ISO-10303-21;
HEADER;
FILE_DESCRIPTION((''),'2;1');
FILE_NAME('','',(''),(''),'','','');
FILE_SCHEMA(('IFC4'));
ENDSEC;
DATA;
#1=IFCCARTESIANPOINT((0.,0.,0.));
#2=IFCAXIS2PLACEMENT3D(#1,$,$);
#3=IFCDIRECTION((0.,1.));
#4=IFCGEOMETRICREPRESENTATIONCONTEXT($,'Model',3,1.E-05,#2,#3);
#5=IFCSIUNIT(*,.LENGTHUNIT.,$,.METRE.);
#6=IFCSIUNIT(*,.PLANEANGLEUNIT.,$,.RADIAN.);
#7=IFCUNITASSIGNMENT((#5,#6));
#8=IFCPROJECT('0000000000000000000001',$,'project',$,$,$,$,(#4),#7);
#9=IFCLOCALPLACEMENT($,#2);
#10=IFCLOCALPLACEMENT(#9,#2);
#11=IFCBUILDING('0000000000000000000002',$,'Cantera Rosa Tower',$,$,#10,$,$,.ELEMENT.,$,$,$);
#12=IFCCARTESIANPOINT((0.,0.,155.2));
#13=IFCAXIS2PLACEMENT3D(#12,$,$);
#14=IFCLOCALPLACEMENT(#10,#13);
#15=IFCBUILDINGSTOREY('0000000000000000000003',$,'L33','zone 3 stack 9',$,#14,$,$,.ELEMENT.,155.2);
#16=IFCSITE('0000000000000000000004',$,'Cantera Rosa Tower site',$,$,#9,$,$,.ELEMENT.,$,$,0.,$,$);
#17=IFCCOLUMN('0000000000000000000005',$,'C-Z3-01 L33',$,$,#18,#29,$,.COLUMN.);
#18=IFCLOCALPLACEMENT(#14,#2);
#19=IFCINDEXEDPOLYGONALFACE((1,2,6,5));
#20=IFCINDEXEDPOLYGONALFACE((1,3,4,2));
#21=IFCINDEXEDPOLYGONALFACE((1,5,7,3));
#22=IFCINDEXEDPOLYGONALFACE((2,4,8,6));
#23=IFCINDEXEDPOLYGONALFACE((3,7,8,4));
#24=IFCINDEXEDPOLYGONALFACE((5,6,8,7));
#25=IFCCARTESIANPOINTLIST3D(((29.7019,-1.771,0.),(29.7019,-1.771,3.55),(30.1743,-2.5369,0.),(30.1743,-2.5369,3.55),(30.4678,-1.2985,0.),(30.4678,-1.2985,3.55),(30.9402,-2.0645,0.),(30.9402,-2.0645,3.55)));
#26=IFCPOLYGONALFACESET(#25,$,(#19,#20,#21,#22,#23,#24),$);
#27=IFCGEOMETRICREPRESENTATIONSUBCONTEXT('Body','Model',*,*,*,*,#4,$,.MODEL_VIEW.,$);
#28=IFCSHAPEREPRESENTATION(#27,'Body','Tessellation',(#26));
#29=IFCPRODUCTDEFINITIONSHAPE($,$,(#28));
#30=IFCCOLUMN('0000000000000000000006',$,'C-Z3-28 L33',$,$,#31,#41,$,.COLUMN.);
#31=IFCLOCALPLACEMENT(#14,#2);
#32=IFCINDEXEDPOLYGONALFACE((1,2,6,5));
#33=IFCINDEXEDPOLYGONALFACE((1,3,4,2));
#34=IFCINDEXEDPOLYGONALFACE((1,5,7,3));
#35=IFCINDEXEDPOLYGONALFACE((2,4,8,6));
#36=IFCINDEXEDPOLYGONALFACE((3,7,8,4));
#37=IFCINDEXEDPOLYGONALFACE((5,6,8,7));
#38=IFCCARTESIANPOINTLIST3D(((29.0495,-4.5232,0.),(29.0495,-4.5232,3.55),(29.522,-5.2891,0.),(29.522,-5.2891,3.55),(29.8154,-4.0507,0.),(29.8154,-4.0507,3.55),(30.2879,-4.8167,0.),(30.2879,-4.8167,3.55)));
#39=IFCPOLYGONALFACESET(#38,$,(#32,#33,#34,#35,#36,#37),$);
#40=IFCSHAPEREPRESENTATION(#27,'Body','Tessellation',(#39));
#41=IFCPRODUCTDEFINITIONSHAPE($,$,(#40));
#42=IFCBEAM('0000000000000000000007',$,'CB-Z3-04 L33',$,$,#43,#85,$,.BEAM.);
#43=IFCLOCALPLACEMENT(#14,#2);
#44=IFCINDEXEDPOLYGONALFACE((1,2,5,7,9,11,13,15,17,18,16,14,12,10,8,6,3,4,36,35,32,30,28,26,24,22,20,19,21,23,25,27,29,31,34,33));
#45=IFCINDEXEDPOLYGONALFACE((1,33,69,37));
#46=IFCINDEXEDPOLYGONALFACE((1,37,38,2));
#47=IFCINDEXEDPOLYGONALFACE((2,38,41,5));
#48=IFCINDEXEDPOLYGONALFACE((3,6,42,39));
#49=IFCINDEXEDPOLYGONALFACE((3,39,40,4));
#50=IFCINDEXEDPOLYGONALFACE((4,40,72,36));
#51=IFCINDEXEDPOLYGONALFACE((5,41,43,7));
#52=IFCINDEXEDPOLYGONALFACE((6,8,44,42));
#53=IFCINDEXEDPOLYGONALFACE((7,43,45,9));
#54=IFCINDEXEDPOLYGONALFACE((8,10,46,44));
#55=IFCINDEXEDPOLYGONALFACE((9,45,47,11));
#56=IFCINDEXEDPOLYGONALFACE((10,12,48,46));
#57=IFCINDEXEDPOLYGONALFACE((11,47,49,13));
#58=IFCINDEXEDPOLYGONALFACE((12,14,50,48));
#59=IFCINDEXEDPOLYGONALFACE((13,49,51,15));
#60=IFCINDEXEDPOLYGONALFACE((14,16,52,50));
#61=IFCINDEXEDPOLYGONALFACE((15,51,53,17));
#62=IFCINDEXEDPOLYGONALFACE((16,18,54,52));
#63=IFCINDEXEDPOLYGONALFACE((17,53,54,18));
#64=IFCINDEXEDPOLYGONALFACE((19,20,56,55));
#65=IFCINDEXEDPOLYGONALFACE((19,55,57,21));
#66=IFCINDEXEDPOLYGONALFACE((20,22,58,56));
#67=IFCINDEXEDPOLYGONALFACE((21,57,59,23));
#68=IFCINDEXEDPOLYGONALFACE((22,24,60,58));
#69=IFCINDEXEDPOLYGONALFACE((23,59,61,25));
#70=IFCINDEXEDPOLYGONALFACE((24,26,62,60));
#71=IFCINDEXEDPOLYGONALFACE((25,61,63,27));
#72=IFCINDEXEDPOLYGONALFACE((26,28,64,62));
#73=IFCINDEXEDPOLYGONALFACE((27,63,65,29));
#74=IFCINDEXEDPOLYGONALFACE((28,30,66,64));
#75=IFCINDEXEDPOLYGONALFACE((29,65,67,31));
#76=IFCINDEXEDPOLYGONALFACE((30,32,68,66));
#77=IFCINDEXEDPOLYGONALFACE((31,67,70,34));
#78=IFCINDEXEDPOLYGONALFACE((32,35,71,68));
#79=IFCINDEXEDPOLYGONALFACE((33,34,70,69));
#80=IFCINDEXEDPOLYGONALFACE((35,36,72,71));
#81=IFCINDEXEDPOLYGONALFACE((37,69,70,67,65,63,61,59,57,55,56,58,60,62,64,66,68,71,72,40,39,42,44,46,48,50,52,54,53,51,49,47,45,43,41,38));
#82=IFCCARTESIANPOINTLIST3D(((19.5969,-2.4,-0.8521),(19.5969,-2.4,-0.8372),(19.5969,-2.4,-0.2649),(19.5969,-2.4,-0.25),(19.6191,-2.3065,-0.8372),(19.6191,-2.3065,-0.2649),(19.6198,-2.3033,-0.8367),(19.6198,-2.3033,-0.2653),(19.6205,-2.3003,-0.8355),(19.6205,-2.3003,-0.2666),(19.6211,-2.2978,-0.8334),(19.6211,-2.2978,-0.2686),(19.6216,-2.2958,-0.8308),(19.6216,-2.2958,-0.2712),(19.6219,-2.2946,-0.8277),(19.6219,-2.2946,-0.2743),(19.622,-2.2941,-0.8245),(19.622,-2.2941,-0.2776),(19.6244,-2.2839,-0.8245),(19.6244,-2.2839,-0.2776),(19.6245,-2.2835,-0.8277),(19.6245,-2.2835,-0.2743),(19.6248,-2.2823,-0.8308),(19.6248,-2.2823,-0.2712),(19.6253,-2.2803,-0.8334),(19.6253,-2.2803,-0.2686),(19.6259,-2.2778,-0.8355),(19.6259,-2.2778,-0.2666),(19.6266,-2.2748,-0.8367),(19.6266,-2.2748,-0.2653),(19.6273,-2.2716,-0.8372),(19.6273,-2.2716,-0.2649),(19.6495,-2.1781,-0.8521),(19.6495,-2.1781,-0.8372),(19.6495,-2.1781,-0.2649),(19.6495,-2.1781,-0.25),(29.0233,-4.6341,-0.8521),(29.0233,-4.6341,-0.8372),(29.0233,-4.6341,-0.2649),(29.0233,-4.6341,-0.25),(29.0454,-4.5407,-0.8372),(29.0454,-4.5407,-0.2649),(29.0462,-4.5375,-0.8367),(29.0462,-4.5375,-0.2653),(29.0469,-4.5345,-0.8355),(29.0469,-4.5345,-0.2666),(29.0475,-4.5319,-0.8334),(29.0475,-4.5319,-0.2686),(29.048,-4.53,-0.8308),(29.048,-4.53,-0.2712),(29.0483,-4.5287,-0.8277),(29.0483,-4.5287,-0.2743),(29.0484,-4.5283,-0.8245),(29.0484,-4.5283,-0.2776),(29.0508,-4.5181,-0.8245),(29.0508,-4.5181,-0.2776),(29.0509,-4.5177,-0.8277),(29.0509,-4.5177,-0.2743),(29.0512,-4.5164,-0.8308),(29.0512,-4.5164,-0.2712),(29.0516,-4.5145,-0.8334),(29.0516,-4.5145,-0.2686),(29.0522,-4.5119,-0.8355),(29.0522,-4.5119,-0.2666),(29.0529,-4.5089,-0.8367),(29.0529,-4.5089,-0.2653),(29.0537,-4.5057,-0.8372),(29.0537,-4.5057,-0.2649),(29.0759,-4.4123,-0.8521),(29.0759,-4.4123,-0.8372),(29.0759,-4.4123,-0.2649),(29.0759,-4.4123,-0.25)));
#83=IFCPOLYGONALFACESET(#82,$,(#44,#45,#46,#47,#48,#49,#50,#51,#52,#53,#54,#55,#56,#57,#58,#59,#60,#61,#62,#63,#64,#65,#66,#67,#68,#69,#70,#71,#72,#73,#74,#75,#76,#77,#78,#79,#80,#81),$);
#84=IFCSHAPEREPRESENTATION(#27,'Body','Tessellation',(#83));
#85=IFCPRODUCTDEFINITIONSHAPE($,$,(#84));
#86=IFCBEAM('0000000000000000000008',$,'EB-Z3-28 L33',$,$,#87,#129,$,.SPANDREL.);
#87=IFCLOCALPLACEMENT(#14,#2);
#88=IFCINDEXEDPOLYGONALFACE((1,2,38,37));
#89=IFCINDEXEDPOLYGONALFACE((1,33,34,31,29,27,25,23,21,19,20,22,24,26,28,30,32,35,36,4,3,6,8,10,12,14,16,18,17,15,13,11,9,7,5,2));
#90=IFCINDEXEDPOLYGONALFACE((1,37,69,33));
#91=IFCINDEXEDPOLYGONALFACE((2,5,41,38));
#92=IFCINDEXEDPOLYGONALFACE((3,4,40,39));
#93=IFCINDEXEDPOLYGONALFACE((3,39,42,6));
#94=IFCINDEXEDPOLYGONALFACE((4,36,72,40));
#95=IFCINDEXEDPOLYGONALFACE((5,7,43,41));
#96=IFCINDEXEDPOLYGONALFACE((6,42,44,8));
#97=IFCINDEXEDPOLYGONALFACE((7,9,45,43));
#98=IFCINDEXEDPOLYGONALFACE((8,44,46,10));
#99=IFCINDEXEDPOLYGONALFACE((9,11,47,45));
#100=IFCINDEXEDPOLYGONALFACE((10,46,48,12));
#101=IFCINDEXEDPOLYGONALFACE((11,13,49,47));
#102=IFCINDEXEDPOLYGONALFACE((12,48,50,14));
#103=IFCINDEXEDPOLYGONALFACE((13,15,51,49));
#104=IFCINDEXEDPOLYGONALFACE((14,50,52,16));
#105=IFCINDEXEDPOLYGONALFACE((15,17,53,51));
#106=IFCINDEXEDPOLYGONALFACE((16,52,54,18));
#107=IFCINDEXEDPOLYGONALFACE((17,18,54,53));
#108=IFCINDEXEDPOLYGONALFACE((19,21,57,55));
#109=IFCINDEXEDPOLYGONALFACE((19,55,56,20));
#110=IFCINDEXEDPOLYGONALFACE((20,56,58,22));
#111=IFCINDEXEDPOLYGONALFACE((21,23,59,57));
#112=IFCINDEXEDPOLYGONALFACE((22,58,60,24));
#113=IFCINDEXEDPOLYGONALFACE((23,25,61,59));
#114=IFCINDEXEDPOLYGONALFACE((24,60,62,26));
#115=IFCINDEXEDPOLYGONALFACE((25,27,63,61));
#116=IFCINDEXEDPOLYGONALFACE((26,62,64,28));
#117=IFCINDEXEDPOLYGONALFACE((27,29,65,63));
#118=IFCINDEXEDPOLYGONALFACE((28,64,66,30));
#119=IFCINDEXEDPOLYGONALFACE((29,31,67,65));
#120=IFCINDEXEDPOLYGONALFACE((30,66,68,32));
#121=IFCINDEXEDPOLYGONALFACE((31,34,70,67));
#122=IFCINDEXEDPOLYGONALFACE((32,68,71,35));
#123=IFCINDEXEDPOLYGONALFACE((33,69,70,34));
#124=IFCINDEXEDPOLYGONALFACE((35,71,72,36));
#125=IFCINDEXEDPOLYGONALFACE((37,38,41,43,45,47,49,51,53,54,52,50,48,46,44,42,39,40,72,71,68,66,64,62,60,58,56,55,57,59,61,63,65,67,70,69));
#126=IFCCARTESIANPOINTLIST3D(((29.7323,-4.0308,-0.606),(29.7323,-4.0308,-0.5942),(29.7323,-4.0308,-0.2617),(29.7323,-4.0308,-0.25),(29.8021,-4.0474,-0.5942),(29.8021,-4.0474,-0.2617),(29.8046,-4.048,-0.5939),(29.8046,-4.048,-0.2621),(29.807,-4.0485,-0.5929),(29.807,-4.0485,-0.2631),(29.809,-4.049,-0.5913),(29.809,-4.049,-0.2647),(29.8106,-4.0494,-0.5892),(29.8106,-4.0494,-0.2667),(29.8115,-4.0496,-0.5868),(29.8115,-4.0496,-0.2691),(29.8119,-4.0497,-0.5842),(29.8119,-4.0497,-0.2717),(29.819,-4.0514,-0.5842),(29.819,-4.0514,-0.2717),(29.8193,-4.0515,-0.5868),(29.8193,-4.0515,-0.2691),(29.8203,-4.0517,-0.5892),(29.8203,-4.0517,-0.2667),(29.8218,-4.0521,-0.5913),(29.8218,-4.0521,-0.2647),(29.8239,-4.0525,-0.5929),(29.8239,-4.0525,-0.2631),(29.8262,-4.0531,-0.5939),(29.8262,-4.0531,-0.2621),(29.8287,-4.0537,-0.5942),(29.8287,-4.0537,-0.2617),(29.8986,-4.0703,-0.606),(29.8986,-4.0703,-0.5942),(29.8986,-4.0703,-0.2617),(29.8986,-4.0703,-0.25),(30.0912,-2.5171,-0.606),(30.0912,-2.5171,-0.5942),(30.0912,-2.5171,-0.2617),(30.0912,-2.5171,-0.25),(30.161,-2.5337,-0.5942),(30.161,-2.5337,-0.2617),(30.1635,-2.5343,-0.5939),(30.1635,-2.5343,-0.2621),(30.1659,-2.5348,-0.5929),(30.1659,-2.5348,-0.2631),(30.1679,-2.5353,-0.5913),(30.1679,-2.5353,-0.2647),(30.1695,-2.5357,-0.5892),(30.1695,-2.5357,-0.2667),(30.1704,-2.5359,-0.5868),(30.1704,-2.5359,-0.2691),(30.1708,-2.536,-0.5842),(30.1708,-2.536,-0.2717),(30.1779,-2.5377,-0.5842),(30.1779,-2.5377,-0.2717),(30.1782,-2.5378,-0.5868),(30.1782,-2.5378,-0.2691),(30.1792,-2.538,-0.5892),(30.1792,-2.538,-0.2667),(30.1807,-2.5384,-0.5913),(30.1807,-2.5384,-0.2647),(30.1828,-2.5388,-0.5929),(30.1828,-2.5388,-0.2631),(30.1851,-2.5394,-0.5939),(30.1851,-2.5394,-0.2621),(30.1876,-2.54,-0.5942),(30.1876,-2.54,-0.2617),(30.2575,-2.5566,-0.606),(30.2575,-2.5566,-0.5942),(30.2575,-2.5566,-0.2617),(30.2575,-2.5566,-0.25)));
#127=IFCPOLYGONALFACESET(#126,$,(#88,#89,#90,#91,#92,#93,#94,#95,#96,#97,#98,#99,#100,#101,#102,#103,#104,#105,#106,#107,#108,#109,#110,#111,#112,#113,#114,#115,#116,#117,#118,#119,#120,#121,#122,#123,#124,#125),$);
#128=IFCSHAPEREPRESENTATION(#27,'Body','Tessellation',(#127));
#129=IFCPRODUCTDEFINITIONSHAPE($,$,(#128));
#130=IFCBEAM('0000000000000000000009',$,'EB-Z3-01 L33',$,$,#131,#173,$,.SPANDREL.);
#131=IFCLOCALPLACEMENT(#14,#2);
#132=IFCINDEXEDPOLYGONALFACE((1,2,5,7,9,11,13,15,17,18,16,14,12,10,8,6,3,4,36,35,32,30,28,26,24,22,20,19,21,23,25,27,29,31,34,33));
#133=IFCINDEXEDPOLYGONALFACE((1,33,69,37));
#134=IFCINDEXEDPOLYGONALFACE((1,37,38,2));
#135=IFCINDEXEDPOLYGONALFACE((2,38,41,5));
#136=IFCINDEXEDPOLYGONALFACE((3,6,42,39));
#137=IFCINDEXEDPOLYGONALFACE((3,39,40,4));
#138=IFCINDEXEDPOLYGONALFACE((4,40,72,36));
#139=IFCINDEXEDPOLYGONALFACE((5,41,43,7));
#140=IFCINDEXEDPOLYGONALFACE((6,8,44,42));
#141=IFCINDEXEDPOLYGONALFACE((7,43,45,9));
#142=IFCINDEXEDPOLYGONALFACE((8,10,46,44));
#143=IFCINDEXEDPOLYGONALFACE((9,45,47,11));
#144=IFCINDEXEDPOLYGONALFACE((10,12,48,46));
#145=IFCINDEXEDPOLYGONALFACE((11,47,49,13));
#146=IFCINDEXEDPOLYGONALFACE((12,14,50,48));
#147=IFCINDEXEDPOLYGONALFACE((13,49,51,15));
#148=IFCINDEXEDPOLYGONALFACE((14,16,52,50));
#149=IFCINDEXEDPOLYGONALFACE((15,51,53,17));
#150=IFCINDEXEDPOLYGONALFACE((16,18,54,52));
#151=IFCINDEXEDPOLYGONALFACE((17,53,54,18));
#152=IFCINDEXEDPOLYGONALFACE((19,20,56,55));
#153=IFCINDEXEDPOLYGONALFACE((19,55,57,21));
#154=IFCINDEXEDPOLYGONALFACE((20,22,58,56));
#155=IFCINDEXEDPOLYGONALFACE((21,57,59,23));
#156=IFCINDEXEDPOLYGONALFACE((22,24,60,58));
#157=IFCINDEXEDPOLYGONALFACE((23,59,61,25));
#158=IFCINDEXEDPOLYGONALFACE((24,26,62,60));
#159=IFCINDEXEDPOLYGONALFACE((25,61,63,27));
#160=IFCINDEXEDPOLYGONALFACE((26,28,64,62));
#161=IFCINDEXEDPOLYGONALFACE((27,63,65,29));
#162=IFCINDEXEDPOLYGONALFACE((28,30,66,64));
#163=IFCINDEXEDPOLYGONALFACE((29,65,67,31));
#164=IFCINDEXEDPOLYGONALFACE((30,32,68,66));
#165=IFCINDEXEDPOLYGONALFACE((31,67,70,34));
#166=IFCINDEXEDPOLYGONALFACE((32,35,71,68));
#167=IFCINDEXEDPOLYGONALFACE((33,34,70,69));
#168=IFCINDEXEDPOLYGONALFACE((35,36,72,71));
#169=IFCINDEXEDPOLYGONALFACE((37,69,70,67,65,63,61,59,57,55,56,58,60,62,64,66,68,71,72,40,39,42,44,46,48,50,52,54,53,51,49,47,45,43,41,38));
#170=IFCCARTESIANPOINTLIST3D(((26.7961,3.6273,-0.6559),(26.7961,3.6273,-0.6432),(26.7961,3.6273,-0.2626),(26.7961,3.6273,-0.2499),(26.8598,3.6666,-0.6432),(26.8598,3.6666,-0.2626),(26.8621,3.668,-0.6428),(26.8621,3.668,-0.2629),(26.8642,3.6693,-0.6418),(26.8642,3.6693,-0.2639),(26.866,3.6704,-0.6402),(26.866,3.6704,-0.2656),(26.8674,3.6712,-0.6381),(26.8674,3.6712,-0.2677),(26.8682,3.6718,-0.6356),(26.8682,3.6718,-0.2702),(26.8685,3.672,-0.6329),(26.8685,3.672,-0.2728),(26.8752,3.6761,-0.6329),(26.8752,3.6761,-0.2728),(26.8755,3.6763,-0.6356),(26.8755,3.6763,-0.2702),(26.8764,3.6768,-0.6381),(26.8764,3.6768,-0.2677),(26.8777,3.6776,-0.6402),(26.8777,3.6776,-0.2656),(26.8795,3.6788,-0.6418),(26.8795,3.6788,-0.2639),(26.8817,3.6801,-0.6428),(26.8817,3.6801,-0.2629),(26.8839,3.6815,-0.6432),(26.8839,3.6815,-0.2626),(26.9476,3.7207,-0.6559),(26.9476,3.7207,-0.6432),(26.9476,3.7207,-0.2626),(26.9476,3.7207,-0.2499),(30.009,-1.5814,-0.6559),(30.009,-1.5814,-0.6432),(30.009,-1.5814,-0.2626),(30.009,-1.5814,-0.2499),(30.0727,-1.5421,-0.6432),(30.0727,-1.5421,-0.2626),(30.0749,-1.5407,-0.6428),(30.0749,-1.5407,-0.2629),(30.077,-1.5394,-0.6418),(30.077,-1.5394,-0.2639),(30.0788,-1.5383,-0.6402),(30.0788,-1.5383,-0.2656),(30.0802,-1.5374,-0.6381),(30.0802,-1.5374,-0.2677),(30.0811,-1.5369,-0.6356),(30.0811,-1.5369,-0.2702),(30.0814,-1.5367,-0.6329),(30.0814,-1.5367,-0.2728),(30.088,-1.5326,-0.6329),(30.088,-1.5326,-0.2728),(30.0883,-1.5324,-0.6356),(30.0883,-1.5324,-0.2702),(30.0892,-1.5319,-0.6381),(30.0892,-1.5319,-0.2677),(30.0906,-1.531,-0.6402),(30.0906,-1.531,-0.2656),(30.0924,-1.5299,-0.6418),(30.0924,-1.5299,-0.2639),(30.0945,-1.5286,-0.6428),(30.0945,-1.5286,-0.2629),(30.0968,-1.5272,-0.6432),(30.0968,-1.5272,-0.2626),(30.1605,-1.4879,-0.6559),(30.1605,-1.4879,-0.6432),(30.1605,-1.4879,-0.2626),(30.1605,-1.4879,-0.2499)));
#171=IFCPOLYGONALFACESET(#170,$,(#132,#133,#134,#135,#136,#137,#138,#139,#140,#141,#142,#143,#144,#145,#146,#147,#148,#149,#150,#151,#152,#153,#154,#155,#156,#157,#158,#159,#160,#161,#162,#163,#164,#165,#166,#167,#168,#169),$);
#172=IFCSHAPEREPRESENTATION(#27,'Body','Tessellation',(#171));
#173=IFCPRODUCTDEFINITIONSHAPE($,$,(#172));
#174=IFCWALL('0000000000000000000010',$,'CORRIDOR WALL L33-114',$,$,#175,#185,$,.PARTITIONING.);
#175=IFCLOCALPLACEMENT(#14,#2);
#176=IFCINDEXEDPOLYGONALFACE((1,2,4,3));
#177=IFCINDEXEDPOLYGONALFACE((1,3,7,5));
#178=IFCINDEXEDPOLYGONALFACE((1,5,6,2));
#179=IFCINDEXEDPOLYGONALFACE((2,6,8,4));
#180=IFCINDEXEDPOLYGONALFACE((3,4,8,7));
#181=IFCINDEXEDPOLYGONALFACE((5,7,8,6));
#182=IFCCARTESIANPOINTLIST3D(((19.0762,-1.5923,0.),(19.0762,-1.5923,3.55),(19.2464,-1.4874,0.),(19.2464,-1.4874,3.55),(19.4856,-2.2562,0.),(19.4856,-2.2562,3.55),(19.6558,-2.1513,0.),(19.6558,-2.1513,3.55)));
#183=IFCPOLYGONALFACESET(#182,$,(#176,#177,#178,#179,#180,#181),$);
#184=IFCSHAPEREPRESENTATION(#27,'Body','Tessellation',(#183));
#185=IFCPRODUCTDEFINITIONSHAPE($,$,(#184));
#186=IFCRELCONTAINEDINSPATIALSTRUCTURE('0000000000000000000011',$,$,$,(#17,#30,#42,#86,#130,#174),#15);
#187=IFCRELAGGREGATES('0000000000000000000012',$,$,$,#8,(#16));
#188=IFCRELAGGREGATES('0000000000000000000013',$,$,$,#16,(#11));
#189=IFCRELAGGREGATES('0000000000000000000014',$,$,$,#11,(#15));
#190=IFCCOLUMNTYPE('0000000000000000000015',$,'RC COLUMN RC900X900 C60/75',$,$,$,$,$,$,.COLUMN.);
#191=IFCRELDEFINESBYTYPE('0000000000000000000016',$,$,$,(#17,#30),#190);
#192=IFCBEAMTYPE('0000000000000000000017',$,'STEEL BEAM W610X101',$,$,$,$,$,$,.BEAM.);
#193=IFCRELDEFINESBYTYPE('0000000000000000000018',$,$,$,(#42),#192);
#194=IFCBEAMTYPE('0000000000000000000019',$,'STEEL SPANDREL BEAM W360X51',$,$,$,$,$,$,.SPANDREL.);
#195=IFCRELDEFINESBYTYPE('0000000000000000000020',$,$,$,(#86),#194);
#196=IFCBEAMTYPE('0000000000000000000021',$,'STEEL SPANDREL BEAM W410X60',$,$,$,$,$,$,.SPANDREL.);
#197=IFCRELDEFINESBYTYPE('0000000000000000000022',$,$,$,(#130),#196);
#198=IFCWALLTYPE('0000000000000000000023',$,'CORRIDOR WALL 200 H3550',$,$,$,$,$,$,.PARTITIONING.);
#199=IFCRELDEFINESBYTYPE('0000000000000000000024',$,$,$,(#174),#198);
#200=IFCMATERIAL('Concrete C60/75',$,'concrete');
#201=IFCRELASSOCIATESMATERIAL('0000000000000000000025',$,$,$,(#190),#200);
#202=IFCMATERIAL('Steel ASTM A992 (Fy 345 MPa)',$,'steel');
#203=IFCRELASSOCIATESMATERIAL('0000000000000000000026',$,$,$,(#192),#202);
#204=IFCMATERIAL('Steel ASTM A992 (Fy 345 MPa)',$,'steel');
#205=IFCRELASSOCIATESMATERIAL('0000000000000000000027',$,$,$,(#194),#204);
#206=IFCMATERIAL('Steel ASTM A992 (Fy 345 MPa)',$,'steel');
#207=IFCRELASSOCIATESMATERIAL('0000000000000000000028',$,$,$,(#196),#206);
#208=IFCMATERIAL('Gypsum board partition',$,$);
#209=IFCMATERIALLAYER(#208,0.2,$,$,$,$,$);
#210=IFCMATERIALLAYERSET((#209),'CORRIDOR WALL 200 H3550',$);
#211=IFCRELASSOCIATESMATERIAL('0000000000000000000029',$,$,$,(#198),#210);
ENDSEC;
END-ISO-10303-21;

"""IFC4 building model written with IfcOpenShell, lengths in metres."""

from ifc_helpers import new_model, si_unit, direction, frame, frame_2d, origin, origin_2d, place, context, subcontext, project, spatial, rectangle, i_section, extrude, material, layer, layer_set, material_profile, profile_set, type_object, element, save


model = new_model("IFC4")

# Units and contexts
model_context = context("Model", 3, precision=1e-05, world=origin(), true_north=direction((0.0, 1.0)))
body_context = subcontext(model_context, "Body", "Model", "MODEL_VIEW")
ifc_project = project(units=[si_unit("LENGTHUNIT", "METRE"), si_unit("PLANEANGLEUNIT", "RADIAN")], contexts=[model_context])

# Site, building, storey
site_placement = place(None, origin())
site = spatial("IfcSite", under=ifc_project, at=site_placement, Name="Cantera Rosa Tower site", CompositionType="ELEMENT", RefElevation=0.0)
building_placement = place(site_placement, origin())
building = spatial("IfcBuilding", under=site, at=building_placement, Name="Cantera Rosa Tower", CompositionType="ELEMENT")
storey_placement = place(building_placement, frame((0.0, 0.0, 155.2)))
storey = spatial("IfcBuildingStorey", under=building, at=storey_placement, Name="L33", Description="zone 3 stack 9", CompositionType="ELEMENT", Elevation=155.2)

# Columns
ifc_material_1 = material(Name="Concrete C60/75", Category="concrete")
ifc_material_profile_1 = material_profile(ifc_material_1, rectangle(XDim=0.8999, YDim=0.8999, at=origin_2d()), Name="RC COLUMN RC900X900 C60/75")
ifc_profile_set_1 = profile_set([ifc_material_profile_1], Name="Concrete C60/75")
column_type = type_object("IfcColumnType", Name="RC COLUMN RC900X900 C60/75", PredefinedType="COLUMN", material=ifc_profile_set_1)
for number, where, z_axis, x_axis, name in (
    (1, (30.321, -1.9177, 0.0), (0.0, 0.0, 1.0), (0.851117, 0.524977, 0.0), "C-Z3-01 L33"),
    (2, (29.6687, -4.6699, 0.0), (0.0, 0.0, 1.0), (0.851117, 0.524977, 0.0), "C-Z3-28 L33"),
):
    element("IfcColumn", number, at=place(storey_placement, frame(where, z_axis=z_axis, x_axis=x_axis)), inside=storey, type_object=column_type, Name=name, PredefinedType="COLUMN", context=body_context, shape_type="SweptSolid", body=[
        extrude(rectangle(XDim=0.8999, YDim=0.8999, at=origin_2d()), origin(), (0.0, 0.0, 1.0), 3.55),
    ])

# Beams
ifc_material_2 = material(Name="Steel ASTM A992 (Fy 345 MPa)", Category="steel")
ifc_material_profile_2 = material_profile(ifc_material_2, i_section(OverallWidth=0.228, OverallDepth=0.6021, WebThickness=0.0105, FlangeThickness=0.0149, FilletRadius=0.0127, at=origin_2d()), Name="W610X101")
ifc_profile_set_2 = profile_set([ifc_material_profile_2], Name="Steel ASTM A992 (Fy 345 MPa)")
beam_type_1 = type_object("IfcBeamType", Name="STEEL BEAM W610X101", PredefinedType="BEAM", material=ifc_profile_set_2)
beam_1_placement = place(storey_placement, frame((29.0496, -4.5232, -0.551), z_axis=(-0.973043, 0.230622, 0.0), x_axis=(-0.230622, -0.973043, 0.0)))
element("IfcBeam", 3, at=beam_1_placement, inside=storey, type_object=beam_type_1, Name="CB-Z3-04 L33", PredefinedType="BEAM", context=body_context, shape_type="SweptSolid", body=[
    extrude(i_section(OverallWidth=0.228, OverallDepth=0.6021, WebThickness=0.0105, FlangeThickness=0.0149, FilletRadius=0.0127, at=origin_2d()), origin(), (0.0, 0.0, 1.0), 9.6875),
])
ifc_material_3 = material(Name="Steel ASTM A992 (Fy 345 MPa)", Category="steel")
ifc_material_profile_3 = material_profile(ifc_material_3, i_section(OverallWidth=0.1709, OverallDepth=0.356, WebThickness=0.0073, FlangeThickness=0.0117, FilletRadius=0.01, at=origin_2d()), Name="W360X51")
ifc_profile_set_3 = profile_set([ifc_material_profile_3], Name="Steel ASTM A992 (Fy 345 MPa)")
beam_type_2 = type_object("IfcBeamType", Name="STEEL SPANDREL BEAM W360X51", PredefinedType="SPANDREL", material=ifc_profile_set_3)
beam_2_placement = place(storey_placement, frame((29.8154, -4.0505, -0.428), z_axis=(0.230701, 0.973025, 0.0), x_axis=(-0.973025, 0.230701, 0.0)))
element("IfcBeam", 4, at=beam_2_placement, inside=storey, type_object=beam_type_2, Name="EB-Z3-28 L33", PredefinedType="SPANDREL", context=body_context, shape_type="SweptSolid", body=[
    extrude(i_section(OverallWidth=0.1709, OverallDepth=0.356, WebThickness=0.0073, FlangeThickness=0.0117, FilletRadius=0.01, at=origin_2d()), origin(), (0.0, 0.0, 1.0), 1.5557),
])
ifc_material_4 = material(Name="Steel ASTM A992 (Fy 345 MPa)", Category="steel")
ifc_material_profile_4 = material_profile(ifc_material_4, i_section(OverallWidth=0.178, OverallDepth=0.406, WebThickness=0.0078, FlangeThickness=0.0127, FilletRadius=0.0103, at=origin_2d()), Name="W410X60")
ifc_profile_set_4 = profile_set([ifc_material_profile_4], Name="Steel ASTM A992 (Fy 345 MPa)")
beam_type_3 = type_object("IfcBeamType", Name="STEEL SPANDREL BEAM W410X60", PredefinedType="SPANDREL", material=ifc_profile_set_4)
beam_3_placement = place(storey_placement, frame((30.0847, -1.5347, -0.4529), z_axis=(-0.524987, 0.85111, 0.0), x_axis=(-0.85111, -0.524987, 0.0)))
element("IfcBeam", 5, at=beam_3_placement, inside=storey, type_object=beam_type_3, Name="EB-Z3-01 L33", PredefinedType="SPANDREL", context=body_context, shape_type="SweptSolid", body=[
    extrude(i_section(OverallWidth=0.178, OverallDepth=0.406, WebThickness=0.0078, FlangeThickness=0.0127, FilletRadius=0.0103, at=origin_2d()), origin(), (0.0, 0.0, 1.0), 6.1199),
])

# Wall
ifc_material_5 = material(Name="Gypsum board partition")
ifc_layer_1 = layer(ifc_material_5, 0.2)
ifc_layer_set_1 = layer_set([ifc_layer_1], Name="CORRIDOR WALL 200 H3550")
wall_type_1 = type_object("IfcWallType", Name="CORRIDOR WALL 200 H3550", PredefinedType="PARTITIONING", material=ifc_layer_set_1)
wall_1_placement = place(storey_placement, frame((19.5708, -2.2039, 0.0), z_axis=(0.0, 0.0, 1.0), x_axis=(-0.524953, 0.851131, 0.0)))
element("IfcWall", 6, at=wall_1_placement, inside=storey, type_object=wall_type_1, Name="CORRIDOR WALL L33-114", PredefinedType="PARTITIONING", context=body_context, shape_type="SweptSolid", body=[
    extrude(rectangle(XDim=0.78, YDim=0.2, at=frame_2d((0.3901, 0.0))), origin(), (0.0, 0.0, 1.0), 3.55),
])

save(model, "model.ifc")
